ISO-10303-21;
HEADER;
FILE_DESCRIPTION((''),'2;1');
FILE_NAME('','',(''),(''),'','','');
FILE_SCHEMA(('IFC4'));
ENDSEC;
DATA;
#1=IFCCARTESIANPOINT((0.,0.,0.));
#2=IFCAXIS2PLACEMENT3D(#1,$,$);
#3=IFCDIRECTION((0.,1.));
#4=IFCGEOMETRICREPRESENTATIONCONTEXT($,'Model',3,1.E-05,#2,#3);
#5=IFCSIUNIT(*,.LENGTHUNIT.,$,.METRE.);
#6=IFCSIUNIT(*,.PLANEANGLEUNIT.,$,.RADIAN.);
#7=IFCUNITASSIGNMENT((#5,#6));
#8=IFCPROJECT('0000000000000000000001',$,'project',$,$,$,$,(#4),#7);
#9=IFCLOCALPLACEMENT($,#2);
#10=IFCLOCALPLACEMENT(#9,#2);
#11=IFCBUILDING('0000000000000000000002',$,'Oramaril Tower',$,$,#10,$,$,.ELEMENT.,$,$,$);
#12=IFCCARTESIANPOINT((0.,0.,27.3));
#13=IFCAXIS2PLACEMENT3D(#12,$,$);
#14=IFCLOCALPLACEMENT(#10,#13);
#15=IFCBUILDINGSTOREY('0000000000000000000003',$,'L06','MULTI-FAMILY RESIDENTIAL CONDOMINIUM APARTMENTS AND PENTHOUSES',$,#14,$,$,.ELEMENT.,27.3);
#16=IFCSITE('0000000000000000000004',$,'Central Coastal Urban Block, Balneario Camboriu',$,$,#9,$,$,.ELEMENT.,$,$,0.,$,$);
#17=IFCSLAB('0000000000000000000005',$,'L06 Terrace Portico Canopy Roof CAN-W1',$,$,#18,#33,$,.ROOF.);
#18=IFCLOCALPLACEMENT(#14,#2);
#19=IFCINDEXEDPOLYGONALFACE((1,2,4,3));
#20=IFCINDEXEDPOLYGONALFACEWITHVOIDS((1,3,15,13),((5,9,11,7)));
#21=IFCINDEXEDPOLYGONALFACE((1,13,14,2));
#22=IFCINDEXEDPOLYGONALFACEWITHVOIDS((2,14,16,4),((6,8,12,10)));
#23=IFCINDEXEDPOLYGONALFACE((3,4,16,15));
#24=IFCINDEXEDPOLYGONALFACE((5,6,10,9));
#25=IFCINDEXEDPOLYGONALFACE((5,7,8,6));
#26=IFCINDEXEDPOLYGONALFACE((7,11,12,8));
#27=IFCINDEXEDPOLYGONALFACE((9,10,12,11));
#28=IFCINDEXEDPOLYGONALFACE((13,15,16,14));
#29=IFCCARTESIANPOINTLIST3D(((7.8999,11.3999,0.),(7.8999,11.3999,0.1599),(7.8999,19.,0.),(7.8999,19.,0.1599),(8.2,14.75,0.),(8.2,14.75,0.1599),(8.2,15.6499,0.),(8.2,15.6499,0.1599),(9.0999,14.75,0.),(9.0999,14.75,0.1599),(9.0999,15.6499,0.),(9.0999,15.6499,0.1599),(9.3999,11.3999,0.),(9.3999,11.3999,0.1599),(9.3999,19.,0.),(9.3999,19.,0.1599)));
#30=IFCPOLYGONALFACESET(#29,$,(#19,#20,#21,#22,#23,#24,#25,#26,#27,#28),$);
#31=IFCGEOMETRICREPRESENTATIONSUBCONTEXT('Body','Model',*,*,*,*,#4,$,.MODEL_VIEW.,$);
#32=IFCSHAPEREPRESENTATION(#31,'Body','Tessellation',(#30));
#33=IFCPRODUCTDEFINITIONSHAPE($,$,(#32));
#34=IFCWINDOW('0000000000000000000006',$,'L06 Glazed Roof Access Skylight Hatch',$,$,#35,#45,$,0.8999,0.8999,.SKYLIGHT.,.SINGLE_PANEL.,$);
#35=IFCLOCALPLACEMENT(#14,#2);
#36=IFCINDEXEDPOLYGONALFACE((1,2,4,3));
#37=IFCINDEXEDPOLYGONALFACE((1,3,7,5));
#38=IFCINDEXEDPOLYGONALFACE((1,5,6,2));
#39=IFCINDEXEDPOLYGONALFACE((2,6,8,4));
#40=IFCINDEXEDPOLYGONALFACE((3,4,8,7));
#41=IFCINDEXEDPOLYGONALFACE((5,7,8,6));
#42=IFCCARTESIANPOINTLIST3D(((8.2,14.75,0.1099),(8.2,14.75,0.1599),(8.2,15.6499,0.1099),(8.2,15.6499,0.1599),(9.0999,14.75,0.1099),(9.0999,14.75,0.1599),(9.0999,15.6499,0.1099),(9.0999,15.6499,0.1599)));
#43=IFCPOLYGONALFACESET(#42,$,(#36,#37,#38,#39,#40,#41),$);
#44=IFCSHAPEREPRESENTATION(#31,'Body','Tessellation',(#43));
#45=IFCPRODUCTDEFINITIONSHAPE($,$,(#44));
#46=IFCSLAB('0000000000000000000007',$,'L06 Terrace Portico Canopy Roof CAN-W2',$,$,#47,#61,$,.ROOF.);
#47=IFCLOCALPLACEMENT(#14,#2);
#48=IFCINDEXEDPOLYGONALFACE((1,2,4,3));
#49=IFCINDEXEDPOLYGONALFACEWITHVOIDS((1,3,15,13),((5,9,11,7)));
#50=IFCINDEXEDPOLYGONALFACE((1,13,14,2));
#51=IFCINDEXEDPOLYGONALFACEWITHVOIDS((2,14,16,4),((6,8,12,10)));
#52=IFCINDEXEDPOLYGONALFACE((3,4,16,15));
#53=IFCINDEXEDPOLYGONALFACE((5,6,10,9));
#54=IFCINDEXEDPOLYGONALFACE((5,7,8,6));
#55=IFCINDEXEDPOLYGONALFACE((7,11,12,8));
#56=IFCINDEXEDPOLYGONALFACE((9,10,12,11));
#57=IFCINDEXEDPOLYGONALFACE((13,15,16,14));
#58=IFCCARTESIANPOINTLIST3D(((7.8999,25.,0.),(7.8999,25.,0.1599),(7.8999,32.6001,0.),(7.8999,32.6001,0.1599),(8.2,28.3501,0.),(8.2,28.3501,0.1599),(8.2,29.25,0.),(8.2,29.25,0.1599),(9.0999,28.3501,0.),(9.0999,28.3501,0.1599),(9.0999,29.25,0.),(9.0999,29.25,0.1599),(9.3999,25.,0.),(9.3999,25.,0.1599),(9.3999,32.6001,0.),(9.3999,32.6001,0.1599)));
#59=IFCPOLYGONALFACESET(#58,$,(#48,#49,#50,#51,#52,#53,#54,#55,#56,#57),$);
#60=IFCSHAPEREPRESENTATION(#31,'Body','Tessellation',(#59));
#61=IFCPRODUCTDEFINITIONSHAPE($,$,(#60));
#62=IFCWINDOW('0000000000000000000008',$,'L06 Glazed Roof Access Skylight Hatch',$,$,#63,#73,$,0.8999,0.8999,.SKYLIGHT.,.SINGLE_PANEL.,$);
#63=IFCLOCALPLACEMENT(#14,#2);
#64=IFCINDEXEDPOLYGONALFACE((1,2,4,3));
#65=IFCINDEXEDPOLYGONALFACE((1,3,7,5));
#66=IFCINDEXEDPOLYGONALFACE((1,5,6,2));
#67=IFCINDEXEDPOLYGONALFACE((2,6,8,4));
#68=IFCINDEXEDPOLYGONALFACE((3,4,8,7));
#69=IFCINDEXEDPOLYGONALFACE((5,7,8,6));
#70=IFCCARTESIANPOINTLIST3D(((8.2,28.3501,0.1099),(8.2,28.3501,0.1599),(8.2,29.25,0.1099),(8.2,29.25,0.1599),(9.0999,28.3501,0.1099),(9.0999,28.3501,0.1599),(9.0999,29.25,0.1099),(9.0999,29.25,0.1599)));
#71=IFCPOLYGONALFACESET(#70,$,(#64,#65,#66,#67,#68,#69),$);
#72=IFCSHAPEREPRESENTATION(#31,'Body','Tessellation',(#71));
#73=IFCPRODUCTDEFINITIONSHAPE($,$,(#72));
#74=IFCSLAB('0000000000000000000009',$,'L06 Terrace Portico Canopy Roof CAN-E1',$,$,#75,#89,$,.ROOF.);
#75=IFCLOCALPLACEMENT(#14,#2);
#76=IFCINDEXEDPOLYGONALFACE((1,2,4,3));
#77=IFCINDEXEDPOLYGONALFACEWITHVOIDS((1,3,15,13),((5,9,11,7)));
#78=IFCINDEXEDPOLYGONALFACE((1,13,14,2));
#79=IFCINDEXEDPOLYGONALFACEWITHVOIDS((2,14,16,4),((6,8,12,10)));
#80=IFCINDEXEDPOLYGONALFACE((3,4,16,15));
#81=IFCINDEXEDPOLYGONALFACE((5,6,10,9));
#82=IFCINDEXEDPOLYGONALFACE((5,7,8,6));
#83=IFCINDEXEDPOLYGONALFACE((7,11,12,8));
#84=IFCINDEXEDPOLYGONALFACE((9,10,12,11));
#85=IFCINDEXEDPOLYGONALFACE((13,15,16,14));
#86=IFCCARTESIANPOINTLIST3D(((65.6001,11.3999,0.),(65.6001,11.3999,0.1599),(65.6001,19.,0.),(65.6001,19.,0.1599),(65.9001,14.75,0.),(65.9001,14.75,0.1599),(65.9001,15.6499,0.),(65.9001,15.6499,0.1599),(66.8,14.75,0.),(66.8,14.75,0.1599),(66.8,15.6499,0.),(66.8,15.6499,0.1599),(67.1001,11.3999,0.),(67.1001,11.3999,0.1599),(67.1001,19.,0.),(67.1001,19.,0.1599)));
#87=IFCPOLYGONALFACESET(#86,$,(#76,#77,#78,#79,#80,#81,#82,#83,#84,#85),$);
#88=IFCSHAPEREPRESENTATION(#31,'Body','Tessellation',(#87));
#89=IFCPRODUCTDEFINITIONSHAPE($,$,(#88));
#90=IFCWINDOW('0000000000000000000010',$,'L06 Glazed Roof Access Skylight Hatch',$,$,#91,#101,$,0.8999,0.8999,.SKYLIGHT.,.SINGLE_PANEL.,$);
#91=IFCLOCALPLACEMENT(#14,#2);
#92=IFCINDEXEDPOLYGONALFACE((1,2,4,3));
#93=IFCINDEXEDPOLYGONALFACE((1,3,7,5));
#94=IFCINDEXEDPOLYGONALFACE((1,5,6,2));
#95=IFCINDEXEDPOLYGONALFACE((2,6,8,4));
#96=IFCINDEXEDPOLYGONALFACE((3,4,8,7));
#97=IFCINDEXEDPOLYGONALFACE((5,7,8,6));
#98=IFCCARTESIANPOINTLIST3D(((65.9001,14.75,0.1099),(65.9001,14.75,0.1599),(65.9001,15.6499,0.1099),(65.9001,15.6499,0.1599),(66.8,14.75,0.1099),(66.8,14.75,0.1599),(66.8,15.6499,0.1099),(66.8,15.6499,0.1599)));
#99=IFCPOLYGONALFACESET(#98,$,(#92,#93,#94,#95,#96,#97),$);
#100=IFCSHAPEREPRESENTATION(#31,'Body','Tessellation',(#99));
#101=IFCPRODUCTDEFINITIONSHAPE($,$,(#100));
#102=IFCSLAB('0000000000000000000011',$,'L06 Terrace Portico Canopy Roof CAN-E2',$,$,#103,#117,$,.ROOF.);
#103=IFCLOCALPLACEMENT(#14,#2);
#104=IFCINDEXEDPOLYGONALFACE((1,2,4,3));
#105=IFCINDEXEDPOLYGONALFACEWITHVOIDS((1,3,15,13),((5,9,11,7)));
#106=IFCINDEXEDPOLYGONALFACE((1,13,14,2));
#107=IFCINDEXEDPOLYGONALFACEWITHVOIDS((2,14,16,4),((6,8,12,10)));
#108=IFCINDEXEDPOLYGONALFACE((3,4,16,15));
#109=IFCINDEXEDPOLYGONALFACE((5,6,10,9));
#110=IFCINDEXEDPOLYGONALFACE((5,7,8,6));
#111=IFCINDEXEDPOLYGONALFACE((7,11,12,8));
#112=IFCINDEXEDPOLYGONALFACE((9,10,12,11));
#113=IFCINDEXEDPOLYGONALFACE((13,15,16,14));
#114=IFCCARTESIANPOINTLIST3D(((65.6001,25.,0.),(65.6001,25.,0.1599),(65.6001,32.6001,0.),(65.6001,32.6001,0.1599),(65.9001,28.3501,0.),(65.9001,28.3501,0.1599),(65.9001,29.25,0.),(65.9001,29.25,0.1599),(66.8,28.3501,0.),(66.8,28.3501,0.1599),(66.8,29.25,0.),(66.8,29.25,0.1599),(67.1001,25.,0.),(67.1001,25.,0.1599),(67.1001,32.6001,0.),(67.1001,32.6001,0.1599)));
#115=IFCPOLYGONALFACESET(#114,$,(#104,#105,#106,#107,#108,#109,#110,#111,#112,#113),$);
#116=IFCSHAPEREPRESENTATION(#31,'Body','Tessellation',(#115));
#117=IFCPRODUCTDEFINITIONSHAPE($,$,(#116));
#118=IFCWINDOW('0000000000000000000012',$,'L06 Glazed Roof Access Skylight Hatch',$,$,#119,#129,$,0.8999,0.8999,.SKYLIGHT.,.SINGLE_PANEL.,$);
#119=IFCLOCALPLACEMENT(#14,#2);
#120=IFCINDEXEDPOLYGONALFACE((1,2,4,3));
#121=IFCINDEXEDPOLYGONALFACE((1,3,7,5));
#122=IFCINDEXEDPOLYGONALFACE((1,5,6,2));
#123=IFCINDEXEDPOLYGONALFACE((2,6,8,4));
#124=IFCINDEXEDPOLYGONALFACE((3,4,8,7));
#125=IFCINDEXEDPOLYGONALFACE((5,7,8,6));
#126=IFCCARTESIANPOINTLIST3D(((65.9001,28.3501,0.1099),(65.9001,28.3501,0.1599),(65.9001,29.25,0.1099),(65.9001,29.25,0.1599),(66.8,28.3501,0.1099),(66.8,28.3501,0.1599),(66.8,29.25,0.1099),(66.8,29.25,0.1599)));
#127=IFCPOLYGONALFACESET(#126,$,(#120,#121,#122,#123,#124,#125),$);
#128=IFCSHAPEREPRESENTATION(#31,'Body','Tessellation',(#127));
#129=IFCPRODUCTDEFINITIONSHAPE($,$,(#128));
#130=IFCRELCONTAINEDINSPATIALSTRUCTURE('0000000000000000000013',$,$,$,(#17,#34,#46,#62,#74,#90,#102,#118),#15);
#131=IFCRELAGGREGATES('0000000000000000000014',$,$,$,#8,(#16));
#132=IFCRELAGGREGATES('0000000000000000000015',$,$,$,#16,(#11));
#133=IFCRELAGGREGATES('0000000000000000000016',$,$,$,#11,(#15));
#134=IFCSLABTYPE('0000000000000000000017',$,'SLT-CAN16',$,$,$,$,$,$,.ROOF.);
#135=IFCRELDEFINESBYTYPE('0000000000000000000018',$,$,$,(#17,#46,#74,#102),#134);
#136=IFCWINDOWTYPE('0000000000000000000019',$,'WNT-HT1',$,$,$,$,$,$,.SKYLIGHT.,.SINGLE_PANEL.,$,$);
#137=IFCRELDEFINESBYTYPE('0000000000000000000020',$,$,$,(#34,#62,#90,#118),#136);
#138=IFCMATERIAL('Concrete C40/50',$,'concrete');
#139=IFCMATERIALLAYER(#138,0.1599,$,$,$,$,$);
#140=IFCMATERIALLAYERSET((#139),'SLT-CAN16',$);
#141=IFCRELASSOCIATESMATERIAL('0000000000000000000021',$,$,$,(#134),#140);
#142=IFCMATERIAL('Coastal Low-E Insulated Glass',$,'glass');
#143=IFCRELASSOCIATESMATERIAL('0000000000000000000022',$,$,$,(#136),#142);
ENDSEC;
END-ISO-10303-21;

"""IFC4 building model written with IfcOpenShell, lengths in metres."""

from ifc_helpers import new_model, si_unit, direction, frame, origin, origin_2d, place, context, subcontext, project, spatial, polyline, rectangle, outline, extrude, material, layer, layer_set, type_object, element, fill, save


model = new_model("IFC4")

# Units and contexts
model_context = context("Model", 3, precision=1e-05, world=origin(), true_north=direction((0.0, 1.0)))
body_context = subcontext(model_context, "Body", "Model", "MODEL_VIEW")
ifc_project = project(units=[si_unit("LENGTHUNIT", "METRE"), si_unit("PLANEANGLEUNIT", "RADIAN")], contexts=[model_context])

# Site, building, storey
site_placement = place(None, origin())
site = spatial("IfcSite", under=ifc_project, at=site_placement, Name="Central Coastal Urban Block, Balneario Camboriu", CompositionType="ELEMENT", RefElevation=0.0)
building_placement = place(site_placement, origin())
building = spatial("IfcBuilding", under=site, at=building_placement, Name="Oramaril Tower", CompositionType="ELEMENT")
storey_placement = place(building_placement, frame((0.0, 0.0, 27.3)))
storey = spatial("IfcBuildingStorey", under=building, at=storey_placement, Name="L06", Description="MULTI-FAMILY RESIDENTIAL CONDOMINIUM APARTMENTS AND PENTHOUSES", CompositionType="ELEMENT", Elevation=27.3)

# Slabs, openings, windows
ifc_material_1 = material(Name="Concrete C40/50", Category="concrete")
ifc_layer_1 = layer(ifc_material_1, 0.1599)
ifc_layer_set_1 = layer_set([ifc_layer_1], Name="SLT-CAN16")
slab_type_1 = type_object("IfcSlabType", Name="SLT-CAN16", PredefinedType="ROOF", material=ifc_layer_set_1)
slab_1_placement = place(storey_placement, origin())
slab_1 = element("IfcSlab", 1, at=slab_1_placement, inside=storey, type_object=slab_type_1, Name="L06 Terrace Portico Canopy Roof CAN-W1", PredefinedType="ROOF", context=body_context, shape_type="SweptSolid", body=[
    extrude(outline(polyline([(7.8999, 11.3999), (9.3999, 11.3999), (9.3999, 19.0), (7.8999, 19.0), (7.8999, 11.3999)])), origin(), (0.0, 0.0, 1.0), 0.1599),
])
opening_1_placement = place(slab_1_placement, frame((8.6499, 15.2, 0.0)))
opening_1 = element("IfcOpeningElement", 2, at=opening_1_placement, cuts=slab_1, PredefinedType="OPENING", context=body_context, shape_type="SweptSolid", body=[
    extrude(rectangle(XDim=0.8999, YDim=0.8999, at=origin_2d()), origin(), (0.0, 0.0, 1.0), 0.1599),
])
ifc_material_2 = material(Name="Coastal Low-E Insulated Glass", Category="glass")
window_type = type_object("IfcWindowType", Name="WNT-HT1", PartitioningType="SINGLE_PANEL", PredefinedType="SKYLIGHT", material=ifc_material_2)
window_1_placement = place(opening_1_placement, frame((0.0, 0.0, 0.1099)))
window_1 = element("IfcWindow", 3, at=window_1_placement, inside=storey, type_object=window_type, Name="L06 Glazed Roof Access Skylight Hatch", OverallHeight=0.8999, OverallWidth=0.8999, PartitioningType="SINGLE_PANEL", PredefinedType="SKYLIGHT", context=body_context, shape_type="SweptSolid", body=[
    extrude(rectangle(XDim=0.8999, YDim=0.8999, at=origin_2d()), origin(), (0.0, 0.0, 1.0), 0.05),
])
fill(opening_1, window_1)
slab_2_placement = place(storey_placement, origin())
slab_2 = element("IfcSlab", 4, at=slab_2_placement, inside=storey, type_object=slab_type_1, Name="L06 Terrace Portico Canopy Roof CAN-W2", PredefinedType="ROOF", context=body_context, shape_type="SweptSolid", body=[
    extrude(outline(polyline([(7.8999, 25.0), (9.3999, 25.0), (9.3999, 32.6001), (7.8999, 32.6001), (7.8999, 25.0)])), origin(), (0.0, 0.0, 1.0), 0.1599),
])
opening_2_placement = place(slab_2_placement, frame((8.6499, 28.8, 0.0)))
opening_2 = element("IfcOpeningElement", 5, at=opening_2_placement, cuts=slab_2, PredefinedType="OPENING", context=body_context, shape_type="SweptSolid", body=[
    extrude(rectangle(XDim=0.8999, YDim=0.8999, at=origin_2d()), origin(), (0.0, 0.0, 1.0), 0.1599),
])
window_2_placement = place(opening_2_placement, frame((0.0, 0.0, 0.1099)))
window_2 = element("IfcWindow", 6, at=window_2_placement, inside=storey, type_object=window_type, Name="L06 Glazed Roof Access Skylight Hatch", OverallHeight=0.8999, OverallWidth=0.8999, PartitioningType="SINGLE_PANEL", PredefinedType="SKYLIGHT", context=body_context, shape_type="SweptSolid", body=[
    extrude(rectangle(XDim=0.8999, YDim=0.8999, at=origin_2d()), origin(), (0.0, 0.0, 1.0), 0.05),
])
fill(opening_2, window_2)
slab_3_placement = place(storey_placement, origin())
slab_3 = element("IfcSlab", 7, at=slab_3_placement, inside=storey, type_object=slab_type_1, Name="L06 Terrace Portico Canopy Roof CAN-E1", PredefinedType="ROOF", context=body_context, shape_type="SweptSolid", body=[
    extrude(outline(polyline([(65.6001, 11.3999), (67.1001, 11.3999), (67.1001, 19.0), (65.6001, 19.0), (65.6001, 11.3999)])), origin(), (0.0, 0.0, 1.0), 0.1599),
])
opening_3_placement = place(slab_3_placement, frame((66.3501, 15.2, 0.0)))
opening_3 = element("IfcOpeningElement", 8, at=opening_3_placement, cuts=slab_3, PredefinedType="OPENING", context=body_context, shape_type="SweptSolid", body=[
    extrude(rectangle(XDim=0.8999, YDim=0.8999, at=origin_2d()), origin(), (0.0, 0.0, 1.0), 0.1599),
])
window_3_placement = place(opening_3_placement, frame((0.0, 0.0, 0.1099)))
window_3 = element("IfcWindow", 9, at=window_3_placement, inside=storey, type_object=window_type, Name="L06 Glazed Roof Access Skylight Hatch", OverallHeight=0.8999, OverallWidth=0.8999, PartitioningType="SINGLE_PANEL", PredefinedType="SKYLIGHT", context=body_context, shape_type="SweptSolid", body=[
    extrude(rectangle(XDim=0.8999, YDim=0.8999, at=origin_2d()), origin(), (0.0, 0.0, 1.0), 0.05),
])
fill(opening_3, window_3)
slab_4_placement = place(storey_placement, origin())
slab_4 = element("IfcSlab", 10, at=slab_4_placement, inside=storey, type_object=slab_type_1, Name="L06 Terrace Portico Canopy Roof CAN-E2", PredefinedType="ROOF", context=body_context, shape_type="SweptSolid", body=[
    extrude(outline(polyline([(65.6001, 25.0), (67.1001, 25.0), (67.1001, 32.6001), (65.6001, 32.6001), (65.6001, 25.0)])), origin(), (0.0, 0.0, 1.0), 0.1599),
])
opening_4_placement = place(slab_4_placement, frame((66.3501, 28.8, 0.0)))
opening_4 = element("IfcOpeningElement", 11, at=opening_4_placement, cuts=slab_4, PredefinedType="OPENING", context=body_context, shape_type="SweptSolid", body=[
    extrude(rectangle(XDim=0.8999, YDim=0.8999, at=origin_2d()), origin(), (0.0, 0.0, 1.0), 0.1599),
])
window_4_placement = place(opening_4_placement, frame((0.0, 0.0, 0.1099)))
window_4 = element("IfcWindow", 12, at=window_4_placement, inside=storey, type_object=window_type, Name="L06 Glazed Roof Access Skylight Hatch", OverallHeight=0.8999, OverallWidth=0.8999, PartitioningType="SINGLE_PANEL", PredefinedType="SKYLIGHT", context=body_context, shape_type="SweptSolid", body=[
    extrude(rectangle(XDim=0.8999, YDim=0.8999, at=origin_2d()), origin(), (0.0, 0.0, 1.0), 0.05),
])
fill(opening_4, window_4)

save(model, "model.ifc")
